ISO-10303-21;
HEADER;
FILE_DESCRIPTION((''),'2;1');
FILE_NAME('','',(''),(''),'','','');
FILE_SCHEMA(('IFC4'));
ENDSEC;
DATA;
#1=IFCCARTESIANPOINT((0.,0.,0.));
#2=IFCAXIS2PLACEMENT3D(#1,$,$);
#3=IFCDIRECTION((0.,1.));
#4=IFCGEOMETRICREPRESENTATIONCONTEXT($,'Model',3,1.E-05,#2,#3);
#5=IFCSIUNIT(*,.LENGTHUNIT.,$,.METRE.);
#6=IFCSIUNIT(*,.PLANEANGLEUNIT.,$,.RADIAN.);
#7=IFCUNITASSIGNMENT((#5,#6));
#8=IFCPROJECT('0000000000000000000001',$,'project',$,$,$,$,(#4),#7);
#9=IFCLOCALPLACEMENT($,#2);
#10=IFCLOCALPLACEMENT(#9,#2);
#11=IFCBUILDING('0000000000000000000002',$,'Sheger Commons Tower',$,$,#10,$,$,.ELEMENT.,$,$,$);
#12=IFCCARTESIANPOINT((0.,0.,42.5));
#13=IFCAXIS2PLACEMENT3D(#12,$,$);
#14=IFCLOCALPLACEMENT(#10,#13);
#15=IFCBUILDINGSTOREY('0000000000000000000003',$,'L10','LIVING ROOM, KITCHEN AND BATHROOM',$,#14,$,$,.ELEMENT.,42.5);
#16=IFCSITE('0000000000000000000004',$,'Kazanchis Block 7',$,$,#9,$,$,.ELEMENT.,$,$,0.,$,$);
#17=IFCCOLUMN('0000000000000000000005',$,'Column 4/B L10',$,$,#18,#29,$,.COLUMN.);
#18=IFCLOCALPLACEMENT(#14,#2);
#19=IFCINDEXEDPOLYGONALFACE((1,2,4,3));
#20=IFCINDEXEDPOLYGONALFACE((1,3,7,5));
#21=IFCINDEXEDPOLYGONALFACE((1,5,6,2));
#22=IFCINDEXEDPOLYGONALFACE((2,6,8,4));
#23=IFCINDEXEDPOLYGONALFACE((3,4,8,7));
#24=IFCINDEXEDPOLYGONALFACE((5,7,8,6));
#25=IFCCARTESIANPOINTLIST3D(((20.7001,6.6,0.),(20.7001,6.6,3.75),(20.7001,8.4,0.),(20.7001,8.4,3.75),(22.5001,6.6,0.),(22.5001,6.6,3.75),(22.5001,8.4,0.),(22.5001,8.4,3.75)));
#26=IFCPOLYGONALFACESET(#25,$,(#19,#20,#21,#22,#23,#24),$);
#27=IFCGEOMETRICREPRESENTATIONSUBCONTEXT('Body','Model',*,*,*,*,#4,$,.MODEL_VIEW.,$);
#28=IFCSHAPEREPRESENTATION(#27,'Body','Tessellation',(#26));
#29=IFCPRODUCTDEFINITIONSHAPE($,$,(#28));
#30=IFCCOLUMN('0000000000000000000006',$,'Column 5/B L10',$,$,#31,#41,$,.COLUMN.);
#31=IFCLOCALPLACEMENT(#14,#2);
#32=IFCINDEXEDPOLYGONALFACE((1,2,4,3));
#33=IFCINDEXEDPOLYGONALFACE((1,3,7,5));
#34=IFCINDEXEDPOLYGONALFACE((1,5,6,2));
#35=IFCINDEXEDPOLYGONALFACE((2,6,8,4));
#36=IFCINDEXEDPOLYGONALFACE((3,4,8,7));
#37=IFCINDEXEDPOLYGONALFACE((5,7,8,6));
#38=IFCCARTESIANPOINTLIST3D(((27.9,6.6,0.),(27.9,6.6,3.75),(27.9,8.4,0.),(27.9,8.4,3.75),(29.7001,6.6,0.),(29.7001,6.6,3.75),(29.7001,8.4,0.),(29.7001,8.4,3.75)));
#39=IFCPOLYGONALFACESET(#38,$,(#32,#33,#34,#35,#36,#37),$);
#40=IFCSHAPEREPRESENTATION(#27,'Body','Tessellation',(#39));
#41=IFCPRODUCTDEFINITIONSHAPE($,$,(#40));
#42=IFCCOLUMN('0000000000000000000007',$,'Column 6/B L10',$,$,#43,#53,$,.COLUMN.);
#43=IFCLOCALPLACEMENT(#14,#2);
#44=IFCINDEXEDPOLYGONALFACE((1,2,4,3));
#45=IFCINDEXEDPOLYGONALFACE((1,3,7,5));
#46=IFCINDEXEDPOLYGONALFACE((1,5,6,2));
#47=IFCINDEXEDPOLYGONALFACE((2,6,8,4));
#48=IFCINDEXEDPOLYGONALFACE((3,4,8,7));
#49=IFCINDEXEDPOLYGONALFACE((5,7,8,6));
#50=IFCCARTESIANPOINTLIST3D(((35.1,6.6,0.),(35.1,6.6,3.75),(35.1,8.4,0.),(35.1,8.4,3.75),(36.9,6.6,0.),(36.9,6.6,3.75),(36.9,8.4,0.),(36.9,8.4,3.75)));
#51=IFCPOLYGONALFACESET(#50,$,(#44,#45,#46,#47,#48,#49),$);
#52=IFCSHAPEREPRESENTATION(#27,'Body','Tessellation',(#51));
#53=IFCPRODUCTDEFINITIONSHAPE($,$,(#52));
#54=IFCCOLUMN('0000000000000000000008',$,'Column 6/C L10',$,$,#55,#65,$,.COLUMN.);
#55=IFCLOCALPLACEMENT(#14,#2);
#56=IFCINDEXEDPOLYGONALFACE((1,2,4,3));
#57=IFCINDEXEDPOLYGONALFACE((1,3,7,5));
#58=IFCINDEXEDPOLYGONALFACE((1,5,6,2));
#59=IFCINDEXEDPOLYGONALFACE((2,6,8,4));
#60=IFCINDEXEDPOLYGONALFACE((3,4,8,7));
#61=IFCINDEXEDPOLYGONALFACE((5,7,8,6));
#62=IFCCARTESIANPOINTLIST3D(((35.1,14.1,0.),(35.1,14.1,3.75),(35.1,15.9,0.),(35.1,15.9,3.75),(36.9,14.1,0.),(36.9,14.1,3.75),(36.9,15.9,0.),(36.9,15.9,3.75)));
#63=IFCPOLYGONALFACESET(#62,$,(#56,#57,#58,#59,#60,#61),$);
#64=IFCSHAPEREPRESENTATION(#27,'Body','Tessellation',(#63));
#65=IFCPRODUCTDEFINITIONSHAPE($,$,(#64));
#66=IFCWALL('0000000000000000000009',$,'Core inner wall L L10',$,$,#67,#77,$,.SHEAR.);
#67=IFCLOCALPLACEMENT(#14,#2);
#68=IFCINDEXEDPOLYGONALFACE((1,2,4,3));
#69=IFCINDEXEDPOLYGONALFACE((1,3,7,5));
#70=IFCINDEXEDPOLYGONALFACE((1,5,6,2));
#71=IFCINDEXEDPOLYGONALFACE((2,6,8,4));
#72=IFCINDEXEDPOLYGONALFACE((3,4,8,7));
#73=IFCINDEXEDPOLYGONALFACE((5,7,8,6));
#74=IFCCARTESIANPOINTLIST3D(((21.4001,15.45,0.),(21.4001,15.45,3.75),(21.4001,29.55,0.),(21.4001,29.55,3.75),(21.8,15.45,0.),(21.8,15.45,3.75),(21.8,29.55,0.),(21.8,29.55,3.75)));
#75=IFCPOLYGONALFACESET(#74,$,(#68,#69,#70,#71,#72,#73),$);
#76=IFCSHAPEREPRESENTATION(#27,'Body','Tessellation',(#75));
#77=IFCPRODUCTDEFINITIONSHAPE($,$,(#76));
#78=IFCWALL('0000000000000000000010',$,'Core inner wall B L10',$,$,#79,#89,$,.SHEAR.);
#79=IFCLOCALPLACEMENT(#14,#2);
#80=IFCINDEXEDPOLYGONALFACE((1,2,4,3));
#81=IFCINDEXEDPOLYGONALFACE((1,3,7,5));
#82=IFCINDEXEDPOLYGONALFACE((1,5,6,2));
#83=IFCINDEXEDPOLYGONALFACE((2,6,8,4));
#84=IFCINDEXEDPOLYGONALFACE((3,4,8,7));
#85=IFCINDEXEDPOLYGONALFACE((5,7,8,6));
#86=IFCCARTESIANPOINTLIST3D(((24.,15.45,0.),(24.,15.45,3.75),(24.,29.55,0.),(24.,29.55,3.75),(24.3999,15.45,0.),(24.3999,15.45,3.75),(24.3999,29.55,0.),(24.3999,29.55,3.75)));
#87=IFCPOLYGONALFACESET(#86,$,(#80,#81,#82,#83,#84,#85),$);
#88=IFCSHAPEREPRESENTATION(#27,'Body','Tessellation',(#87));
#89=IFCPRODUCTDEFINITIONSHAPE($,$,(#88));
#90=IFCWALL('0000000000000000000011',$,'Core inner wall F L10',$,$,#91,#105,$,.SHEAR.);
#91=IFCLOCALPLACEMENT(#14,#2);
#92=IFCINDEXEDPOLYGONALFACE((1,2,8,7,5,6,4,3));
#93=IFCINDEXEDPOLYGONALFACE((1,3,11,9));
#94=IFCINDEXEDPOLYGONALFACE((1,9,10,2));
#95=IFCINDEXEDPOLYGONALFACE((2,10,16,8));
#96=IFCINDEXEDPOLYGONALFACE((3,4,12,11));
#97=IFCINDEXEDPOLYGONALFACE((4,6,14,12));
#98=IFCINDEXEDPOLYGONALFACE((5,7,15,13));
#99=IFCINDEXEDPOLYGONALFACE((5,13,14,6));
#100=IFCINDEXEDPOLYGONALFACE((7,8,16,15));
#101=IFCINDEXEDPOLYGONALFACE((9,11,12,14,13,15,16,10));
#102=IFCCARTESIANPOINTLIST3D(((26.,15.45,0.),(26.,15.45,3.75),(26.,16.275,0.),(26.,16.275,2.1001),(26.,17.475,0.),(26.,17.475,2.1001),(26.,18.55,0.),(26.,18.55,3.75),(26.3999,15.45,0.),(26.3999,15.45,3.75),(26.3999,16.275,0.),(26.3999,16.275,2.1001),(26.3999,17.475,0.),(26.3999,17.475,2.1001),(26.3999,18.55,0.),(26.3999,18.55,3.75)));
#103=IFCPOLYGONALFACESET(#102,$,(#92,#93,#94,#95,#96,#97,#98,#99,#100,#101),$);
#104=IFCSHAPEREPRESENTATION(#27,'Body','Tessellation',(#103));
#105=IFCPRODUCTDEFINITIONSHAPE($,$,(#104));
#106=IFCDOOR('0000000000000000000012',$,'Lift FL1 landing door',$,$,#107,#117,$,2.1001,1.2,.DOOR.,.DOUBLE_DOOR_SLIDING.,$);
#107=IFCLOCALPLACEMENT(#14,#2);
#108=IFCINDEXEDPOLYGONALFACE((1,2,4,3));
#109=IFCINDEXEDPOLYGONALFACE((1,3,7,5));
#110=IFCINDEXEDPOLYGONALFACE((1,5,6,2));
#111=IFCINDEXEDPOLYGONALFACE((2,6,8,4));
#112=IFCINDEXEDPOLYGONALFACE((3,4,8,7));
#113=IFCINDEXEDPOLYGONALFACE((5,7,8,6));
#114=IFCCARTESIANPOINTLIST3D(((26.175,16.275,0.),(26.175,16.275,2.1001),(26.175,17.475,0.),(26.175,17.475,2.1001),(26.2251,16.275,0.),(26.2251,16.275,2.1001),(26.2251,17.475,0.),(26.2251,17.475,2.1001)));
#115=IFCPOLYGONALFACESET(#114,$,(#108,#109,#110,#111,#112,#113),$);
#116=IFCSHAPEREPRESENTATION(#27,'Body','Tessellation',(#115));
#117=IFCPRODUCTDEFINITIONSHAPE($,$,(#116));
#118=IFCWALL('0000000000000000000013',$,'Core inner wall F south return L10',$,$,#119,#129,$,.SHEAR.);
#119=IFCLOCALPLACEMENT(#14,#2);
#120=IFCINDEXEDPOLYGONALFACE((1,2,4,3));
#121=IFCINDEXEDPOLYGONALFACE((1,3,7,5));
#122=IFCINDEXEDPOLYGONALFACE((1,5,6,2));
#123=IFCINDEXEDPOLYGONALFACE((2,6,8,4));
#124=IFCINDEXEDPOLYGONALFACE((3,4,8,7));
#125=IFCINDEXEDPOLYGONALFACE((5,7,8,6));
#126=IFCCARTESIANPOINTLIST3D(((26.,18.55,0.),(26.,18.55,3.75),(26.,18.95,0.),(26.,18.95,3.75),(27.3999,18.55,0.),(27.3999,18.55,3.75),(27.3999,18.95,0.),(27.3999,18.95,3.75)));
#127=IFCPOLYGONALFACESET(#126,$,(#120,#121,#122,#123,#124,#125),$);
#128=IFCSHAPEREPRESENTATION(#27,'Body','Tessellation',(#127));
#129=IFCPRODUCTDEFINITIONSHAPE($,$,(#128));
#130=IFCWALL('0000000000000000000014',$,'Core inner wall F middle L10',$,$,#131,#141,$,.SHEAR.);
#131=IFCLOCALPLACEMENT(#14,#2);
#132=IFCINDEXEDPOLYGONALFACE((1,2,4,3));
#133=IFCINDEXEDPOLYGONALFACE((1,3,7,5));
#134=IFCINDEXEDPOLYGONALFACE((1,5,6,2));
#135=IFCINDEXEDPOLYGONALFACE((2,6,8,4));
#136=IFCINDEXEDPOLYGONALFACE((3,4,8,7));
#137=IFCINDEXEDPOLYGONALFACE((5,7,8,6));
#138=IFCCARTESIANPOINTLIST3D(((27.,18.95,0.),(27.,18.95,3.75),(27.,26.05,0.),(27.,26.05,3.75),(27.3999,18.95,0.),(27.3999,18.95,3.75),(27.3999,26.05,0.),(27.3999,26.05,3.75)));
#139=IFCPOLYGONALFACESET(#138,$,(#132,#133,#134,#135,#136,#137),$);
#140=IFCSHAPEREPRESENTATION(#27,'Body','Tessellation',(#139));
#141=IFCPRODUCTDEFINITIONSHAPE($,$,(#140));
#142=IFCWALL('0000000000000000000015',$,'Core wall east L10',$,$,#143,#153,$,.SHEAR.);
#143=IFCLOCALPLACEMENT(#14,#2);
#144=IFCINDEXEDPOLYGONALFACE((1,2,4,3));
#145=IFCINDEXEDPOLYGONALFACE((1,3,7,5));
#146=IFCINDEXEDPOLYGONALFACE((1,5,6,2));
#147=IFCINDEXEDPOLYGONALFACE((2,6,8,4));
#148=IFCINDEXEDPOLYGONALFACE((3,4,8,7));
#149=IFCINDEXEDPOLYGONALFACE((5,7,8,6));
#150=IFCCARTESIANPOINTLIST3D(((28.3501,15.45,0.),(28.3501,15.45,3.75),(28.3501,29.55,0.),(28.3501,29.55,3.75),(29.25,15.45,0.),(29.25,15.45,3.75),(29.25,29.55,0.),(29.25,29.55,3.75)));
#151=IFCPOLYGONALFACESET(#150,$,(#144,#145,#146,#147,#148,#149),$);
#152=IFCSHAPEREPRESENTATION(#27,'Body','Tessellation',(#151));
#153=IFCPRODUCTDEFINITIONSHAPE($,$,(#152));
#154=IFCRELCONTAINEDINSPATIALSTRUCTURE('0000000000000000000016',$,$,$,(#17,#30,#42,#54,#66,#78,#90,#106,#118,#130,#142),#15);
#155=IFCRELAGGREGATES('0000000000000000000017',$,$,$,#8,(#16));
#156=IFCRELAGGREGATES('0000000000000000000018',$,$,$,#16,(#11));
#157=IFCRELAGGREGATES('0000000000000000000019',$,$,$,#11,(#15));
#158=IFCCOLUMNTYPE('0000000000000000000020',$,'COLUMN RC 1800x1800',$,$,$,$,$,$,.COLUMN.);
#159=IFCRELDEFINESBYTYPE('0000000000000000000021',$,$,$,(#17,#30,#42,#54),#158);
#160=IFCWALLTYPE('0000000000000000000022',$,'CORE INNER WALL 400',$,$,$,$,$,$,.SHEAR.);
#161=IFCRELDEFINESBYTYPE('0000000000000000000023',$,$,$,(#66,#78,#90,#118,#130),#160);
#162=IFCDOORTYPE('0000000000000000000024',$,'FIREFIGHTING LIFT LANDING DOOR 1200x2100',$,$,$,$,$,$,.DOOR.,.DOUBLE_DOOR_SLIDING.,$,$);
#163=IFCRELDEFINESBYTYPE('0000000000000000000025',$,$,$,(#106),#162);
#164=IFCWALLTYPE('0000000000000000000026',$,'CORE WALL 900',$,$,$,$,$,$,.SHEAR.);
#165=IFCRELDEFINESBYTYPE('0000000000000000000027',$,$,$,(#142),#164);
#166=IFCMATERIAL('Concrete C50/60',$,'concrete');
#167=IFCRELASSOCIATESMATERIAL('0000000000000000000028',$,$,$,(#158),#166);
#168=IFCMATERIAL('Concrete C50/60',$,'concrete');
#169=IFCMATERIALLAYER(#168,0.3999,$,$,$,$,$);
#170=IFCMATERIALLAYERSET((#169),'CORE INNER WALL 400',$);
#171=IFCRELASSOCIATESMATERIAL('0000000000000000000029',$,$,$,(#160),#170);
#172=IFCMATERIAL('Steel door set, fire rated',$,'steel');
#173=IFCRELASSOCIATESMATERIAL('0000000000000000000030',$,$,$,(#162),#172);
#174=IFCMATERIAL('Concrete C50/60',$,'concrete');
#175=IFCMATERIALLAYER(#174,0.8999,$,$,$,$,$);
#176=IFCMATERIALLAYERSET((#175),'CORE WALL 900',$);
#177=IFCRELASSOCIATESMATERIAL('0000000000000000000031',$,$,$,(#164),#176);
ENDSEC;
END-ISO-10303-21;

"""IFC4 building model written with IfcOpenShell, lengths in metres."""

from ifc_helpers import new_model, si_unit, direction, frame, frame_2d, origin, origin_2d, place, context, subcontext, project, spatial, rectangle, extrude, material, layer, layer_set, material_profile, profile_set, type_object, element, fill, save


model = new_model("IFC4")

# Units and contexts
model_context = context("Model", 3, precision=1e-05, world=origin(), true_north=direction((0.0, 1.0)))
body_context = subcontext(model_context, "Body", "Model", "MODEL_VIEW")
ifc_project = project(units=[si_unit("LENGTHUNIT", "METRE"), si_unit("PLANEANGLEUNIT", "RADIAN")], contexts=[model_context])

# Site, building, storey
site_placement = place(None, origin())
site = spatial("IfcSite", under=ifc_project, at=site_placement, Name="Kazanchis Block 7", CompositionType="ELEMENT", RefElevation=0.0)
building_placement = place(site_placement, origin())
building = spatial("IfcBuilding", under=site, at=building_placement, Name="Sheger Commons Tower", CompositionType="ELEMENT")
storey_placement = place(building_placement, frame((0.0, 0.0, 42.5)))
storey = spatial("IfcBuildingStorey", under=building, at=storey_placement, Name="L10", Description="LIVING ROOM, KITCHEN AND BATHROOM", CompositionType="ELEMENT", Elevation=42.5)

# Columns
ifc_material_1 = material(Name="Concrete C50/60", Category="concrete")
ifc_material_profile = material_profile(ifc_material_1, rectangle(XDim=1.8, YDim=1.8, at=origin_2d()), Name="RC 1800x1800")
ifc_profile_set = profile_set([ifc_material_profile], Name="Concrete C50/60")
column_type = type_object("IfcColumnType", Name="COLUMN RC 1800x1800", PredefinedType="COLUMN", material=ifc_profile_set)
for number, where, z_axis, x_axis, name in (
    (1, (21.6001, 7.5, 0.0), (0.0, 0.0, 1.0), (1.0, 0.0, 0.0), "Column 4/B L10"),
    (2, (28.8, 7.5, 0.0), (0.0, 0.0, 1.0), (1.0, 0.0, 0.0), "Column 5/B L10"),
    (3, (36.0, 7.5, 0.0), (0.0, 0.0, 1.0), (1.0, 0.0, 0.0), "Column 6/B L10"),
    (4, (36.0, 15.0, 0.0), (0.0, 0.0, 1.0), (1.0, 0.0, 0.0), "Column 6/C L10"),
):
    element("IfcColumn", number, at=place(storey_placement, frame(where, z_axis=z_axis, x_axis=x_axis)), inside=storey, type_object=column_type, Name=name, PredefinedType="COLUMN", context=body_context, shape_type="SweptSolid", body=[
        extrude(rectangle(XDim=1.8, YDim=1.8, at=origin_2d()), origin(), (0.0, 0.0, 1.0), 3.75),
    ])

# Walls
ifc_material_2 = material(Name="Concrete C50/60", Category="concrete")
ifc_layer_1 = layer(ifc_material_2, 0.3999)
ifc_layer_set_1 = layer_set([ifc_layer_1], Name="CORE INNER WALL 400")
wall_type_1 = type_object("IfcWallType", Name="CORE INNER WALL 400", PredefinedType="SHEAR", material=ifc_layer_set_1)
for number, where, z_axis, x_axis, name in (
    (5, (21.6001, 15.45, 0.0), (0.0, 0.0, 1.0), (0.0, 1.0, 0.0), "Core inner wall L L10"),
    (6, (24.2, 15.45, 0.0), (0.0, 0.0, 1.0), (0.0, 1.0, 0.0), "Core inner wall B L10"),
):
    element("IfcWall", number, at=place(storey_placement, frame(where, z_axis=z_axis, x_axis=x_axis)), inside=storey, type_object=wall_type_1, Name=name, PredefinedType="SHEAR", context=body_context, shape_type="SweptSolid", body=[
        extrude(rectangle(XDim=14.1001, YDim=0.3999, at=frame_2d((7.05, 0.0))), origin(), (0.0, 0.0, 1.0), 3.75),
    ])

# Wall, opening, door
wall_1_placement = place(storey_placement, frame((26.2, 15.45, 0.0), z_axis=(0.0, 0.0, 1.0), x_axis=(0.0, 1.0, 0.0)))
wall_1 = element("IfcWall", 7, at=wall_1_placement, inside=storey, type_object=wall_type_1, Name="Core inner wall F L10", PredefinedType="SHEAR", context=body_context, shape_type="SweptSolid", body=[
    extrude(rectangle(XDim=3.1001, YDim=0.3999, at=frame_2d((1.55, 0.0))), origin(), (0.0, 0.0, 1.0), 3.75),
])
opening_1_placement = place(wall_1_placement, frame((0.825, 0.0, 0.0)))
opening_1 = element("IfcOpeningElement", 8, at=opening_1_placement, cuts=wall_1, PredefinedType="OPENING", context=body_context, shape_type="SweptSolid", body=[
    extrude(rectangle(XDim=1.2, YDim=2.1001, at=frame_2d((0.6001, 1.05))), frame((0.0, 0.21, 0.0), z_axis=(0.0, -1.0, 0.0), x_axis=(1.0, 0.0, 0.0)), (0.0, 0.0, 1.0), 0.4199),
])
ifc_material_3 = material(Name="Steel door set, fire rated", Category="steel")
door_type_1 = type_object("IfcDoorType", Name="FIREFIGHTING LIFT LANDING DOOR 1200x2100", OperationType="DOUBLE_DOOR_SLIDING", PredefinedType="DOOR", material=ifc_material_3)
door_1_placement = place(opening_1_placement, origin())
door_1 = element("IfcDoor", 9, at=door_1_placement, inside=storey, type_object=door_type_1, Name="Lift FL1 landing door", OperationType="DOUBLE_DOOR_SLIDING", OverallHeight=2.1001, OverallWidth=1.2, PredefinedType="DOOR", context=body_context, shape_type="SweptSolid", body=[
    extrude(rectangle(XDim=1.2, YDim=2.1001, at=frame_2d((0.6001, 1.05))), frame((0.0, 0.0249, 0.0), z_axis=(0.0, -1.0, 0.0), x_axis=(1.0, 0.0, 0.0)), (0.0, 0.0, 1.0), 0.05),
])
fill(opening_1, door_1)

# Walls
wall_2_placement = place(storey_placement, frame((26.0, 18.75, 0.0), z_axis=(0.0, 0.0, 1.0), x_axis=(1.0, 0.0, 0.0)))
element("IfcWall", 10, at=wall_2_placement, inside=storey, type_object=wall_type_1, Name="Core inner wall F south return L10", PredefinedType="SHEAR", context=body_context, shape_type="SweptSolid", body=[
    extrude(rectangle(XDim=1.3999, YDim=0.3999, at=frame_2d((0.7, 0.0))), origin(), (0.0, 0.0, 1.0), 3.75),
])
wall_3_placement = place(storey_placement, frame((27.2, 18.95, 0.0), z_axis=(0.0, 0.0, 1.0), x_axis=(0.0, 1.0, 0.0)))
element("IfcWall", 11, at=wall_3_placement, inside=storey, type_object=wall_type_1, Name="Core inner wall F middle L10", PredefinedType="SHEAR", context=body_context, shape_type="SweptSolid", body=[
    extrude(rectangle(XDim=7.1001, YDim=0.3999, at=frame_2d((3.55, 0.0))), origin(), (0.0, 0.0, 1.0), 3.75),
])
ifc_material_4 = material(Name="Concrete C50/60", Category="concrete")
ifc_layer_2 = layer(ifc_material_4, 0.8999)
ifc_layer_set_2 = layer_set([ifc_layer_2], Name="CORE WALL 900")
wall_type_2 = type_object("IfcWallType", Name="CORE WALL 900", PredefinedType="SHEAR", material=ifc_layer_set_2)
wall_4_placement = place(storey_placement, frame((28.8, 15.45, 0.0), z_axis=(0.0, 0.0, 1.0), x_axis=(0.0, 1.0, 0.0)))
element("IfcWall", 12, at=wall_4_placement, inside=storey, type_object=wall_type_2, Name="Core wall east L10", PredefinedType="SHEAR", context=body_context, shape_type="SweptSolid", body=[
    extrude(rectangle(XDim=14.1001, YDim=0.8999, at=frame_2d((7.05, 0.0))), origin(), (0.0, 0.0, 1.0), 3.75),
])

save(model, "model.ifc")
